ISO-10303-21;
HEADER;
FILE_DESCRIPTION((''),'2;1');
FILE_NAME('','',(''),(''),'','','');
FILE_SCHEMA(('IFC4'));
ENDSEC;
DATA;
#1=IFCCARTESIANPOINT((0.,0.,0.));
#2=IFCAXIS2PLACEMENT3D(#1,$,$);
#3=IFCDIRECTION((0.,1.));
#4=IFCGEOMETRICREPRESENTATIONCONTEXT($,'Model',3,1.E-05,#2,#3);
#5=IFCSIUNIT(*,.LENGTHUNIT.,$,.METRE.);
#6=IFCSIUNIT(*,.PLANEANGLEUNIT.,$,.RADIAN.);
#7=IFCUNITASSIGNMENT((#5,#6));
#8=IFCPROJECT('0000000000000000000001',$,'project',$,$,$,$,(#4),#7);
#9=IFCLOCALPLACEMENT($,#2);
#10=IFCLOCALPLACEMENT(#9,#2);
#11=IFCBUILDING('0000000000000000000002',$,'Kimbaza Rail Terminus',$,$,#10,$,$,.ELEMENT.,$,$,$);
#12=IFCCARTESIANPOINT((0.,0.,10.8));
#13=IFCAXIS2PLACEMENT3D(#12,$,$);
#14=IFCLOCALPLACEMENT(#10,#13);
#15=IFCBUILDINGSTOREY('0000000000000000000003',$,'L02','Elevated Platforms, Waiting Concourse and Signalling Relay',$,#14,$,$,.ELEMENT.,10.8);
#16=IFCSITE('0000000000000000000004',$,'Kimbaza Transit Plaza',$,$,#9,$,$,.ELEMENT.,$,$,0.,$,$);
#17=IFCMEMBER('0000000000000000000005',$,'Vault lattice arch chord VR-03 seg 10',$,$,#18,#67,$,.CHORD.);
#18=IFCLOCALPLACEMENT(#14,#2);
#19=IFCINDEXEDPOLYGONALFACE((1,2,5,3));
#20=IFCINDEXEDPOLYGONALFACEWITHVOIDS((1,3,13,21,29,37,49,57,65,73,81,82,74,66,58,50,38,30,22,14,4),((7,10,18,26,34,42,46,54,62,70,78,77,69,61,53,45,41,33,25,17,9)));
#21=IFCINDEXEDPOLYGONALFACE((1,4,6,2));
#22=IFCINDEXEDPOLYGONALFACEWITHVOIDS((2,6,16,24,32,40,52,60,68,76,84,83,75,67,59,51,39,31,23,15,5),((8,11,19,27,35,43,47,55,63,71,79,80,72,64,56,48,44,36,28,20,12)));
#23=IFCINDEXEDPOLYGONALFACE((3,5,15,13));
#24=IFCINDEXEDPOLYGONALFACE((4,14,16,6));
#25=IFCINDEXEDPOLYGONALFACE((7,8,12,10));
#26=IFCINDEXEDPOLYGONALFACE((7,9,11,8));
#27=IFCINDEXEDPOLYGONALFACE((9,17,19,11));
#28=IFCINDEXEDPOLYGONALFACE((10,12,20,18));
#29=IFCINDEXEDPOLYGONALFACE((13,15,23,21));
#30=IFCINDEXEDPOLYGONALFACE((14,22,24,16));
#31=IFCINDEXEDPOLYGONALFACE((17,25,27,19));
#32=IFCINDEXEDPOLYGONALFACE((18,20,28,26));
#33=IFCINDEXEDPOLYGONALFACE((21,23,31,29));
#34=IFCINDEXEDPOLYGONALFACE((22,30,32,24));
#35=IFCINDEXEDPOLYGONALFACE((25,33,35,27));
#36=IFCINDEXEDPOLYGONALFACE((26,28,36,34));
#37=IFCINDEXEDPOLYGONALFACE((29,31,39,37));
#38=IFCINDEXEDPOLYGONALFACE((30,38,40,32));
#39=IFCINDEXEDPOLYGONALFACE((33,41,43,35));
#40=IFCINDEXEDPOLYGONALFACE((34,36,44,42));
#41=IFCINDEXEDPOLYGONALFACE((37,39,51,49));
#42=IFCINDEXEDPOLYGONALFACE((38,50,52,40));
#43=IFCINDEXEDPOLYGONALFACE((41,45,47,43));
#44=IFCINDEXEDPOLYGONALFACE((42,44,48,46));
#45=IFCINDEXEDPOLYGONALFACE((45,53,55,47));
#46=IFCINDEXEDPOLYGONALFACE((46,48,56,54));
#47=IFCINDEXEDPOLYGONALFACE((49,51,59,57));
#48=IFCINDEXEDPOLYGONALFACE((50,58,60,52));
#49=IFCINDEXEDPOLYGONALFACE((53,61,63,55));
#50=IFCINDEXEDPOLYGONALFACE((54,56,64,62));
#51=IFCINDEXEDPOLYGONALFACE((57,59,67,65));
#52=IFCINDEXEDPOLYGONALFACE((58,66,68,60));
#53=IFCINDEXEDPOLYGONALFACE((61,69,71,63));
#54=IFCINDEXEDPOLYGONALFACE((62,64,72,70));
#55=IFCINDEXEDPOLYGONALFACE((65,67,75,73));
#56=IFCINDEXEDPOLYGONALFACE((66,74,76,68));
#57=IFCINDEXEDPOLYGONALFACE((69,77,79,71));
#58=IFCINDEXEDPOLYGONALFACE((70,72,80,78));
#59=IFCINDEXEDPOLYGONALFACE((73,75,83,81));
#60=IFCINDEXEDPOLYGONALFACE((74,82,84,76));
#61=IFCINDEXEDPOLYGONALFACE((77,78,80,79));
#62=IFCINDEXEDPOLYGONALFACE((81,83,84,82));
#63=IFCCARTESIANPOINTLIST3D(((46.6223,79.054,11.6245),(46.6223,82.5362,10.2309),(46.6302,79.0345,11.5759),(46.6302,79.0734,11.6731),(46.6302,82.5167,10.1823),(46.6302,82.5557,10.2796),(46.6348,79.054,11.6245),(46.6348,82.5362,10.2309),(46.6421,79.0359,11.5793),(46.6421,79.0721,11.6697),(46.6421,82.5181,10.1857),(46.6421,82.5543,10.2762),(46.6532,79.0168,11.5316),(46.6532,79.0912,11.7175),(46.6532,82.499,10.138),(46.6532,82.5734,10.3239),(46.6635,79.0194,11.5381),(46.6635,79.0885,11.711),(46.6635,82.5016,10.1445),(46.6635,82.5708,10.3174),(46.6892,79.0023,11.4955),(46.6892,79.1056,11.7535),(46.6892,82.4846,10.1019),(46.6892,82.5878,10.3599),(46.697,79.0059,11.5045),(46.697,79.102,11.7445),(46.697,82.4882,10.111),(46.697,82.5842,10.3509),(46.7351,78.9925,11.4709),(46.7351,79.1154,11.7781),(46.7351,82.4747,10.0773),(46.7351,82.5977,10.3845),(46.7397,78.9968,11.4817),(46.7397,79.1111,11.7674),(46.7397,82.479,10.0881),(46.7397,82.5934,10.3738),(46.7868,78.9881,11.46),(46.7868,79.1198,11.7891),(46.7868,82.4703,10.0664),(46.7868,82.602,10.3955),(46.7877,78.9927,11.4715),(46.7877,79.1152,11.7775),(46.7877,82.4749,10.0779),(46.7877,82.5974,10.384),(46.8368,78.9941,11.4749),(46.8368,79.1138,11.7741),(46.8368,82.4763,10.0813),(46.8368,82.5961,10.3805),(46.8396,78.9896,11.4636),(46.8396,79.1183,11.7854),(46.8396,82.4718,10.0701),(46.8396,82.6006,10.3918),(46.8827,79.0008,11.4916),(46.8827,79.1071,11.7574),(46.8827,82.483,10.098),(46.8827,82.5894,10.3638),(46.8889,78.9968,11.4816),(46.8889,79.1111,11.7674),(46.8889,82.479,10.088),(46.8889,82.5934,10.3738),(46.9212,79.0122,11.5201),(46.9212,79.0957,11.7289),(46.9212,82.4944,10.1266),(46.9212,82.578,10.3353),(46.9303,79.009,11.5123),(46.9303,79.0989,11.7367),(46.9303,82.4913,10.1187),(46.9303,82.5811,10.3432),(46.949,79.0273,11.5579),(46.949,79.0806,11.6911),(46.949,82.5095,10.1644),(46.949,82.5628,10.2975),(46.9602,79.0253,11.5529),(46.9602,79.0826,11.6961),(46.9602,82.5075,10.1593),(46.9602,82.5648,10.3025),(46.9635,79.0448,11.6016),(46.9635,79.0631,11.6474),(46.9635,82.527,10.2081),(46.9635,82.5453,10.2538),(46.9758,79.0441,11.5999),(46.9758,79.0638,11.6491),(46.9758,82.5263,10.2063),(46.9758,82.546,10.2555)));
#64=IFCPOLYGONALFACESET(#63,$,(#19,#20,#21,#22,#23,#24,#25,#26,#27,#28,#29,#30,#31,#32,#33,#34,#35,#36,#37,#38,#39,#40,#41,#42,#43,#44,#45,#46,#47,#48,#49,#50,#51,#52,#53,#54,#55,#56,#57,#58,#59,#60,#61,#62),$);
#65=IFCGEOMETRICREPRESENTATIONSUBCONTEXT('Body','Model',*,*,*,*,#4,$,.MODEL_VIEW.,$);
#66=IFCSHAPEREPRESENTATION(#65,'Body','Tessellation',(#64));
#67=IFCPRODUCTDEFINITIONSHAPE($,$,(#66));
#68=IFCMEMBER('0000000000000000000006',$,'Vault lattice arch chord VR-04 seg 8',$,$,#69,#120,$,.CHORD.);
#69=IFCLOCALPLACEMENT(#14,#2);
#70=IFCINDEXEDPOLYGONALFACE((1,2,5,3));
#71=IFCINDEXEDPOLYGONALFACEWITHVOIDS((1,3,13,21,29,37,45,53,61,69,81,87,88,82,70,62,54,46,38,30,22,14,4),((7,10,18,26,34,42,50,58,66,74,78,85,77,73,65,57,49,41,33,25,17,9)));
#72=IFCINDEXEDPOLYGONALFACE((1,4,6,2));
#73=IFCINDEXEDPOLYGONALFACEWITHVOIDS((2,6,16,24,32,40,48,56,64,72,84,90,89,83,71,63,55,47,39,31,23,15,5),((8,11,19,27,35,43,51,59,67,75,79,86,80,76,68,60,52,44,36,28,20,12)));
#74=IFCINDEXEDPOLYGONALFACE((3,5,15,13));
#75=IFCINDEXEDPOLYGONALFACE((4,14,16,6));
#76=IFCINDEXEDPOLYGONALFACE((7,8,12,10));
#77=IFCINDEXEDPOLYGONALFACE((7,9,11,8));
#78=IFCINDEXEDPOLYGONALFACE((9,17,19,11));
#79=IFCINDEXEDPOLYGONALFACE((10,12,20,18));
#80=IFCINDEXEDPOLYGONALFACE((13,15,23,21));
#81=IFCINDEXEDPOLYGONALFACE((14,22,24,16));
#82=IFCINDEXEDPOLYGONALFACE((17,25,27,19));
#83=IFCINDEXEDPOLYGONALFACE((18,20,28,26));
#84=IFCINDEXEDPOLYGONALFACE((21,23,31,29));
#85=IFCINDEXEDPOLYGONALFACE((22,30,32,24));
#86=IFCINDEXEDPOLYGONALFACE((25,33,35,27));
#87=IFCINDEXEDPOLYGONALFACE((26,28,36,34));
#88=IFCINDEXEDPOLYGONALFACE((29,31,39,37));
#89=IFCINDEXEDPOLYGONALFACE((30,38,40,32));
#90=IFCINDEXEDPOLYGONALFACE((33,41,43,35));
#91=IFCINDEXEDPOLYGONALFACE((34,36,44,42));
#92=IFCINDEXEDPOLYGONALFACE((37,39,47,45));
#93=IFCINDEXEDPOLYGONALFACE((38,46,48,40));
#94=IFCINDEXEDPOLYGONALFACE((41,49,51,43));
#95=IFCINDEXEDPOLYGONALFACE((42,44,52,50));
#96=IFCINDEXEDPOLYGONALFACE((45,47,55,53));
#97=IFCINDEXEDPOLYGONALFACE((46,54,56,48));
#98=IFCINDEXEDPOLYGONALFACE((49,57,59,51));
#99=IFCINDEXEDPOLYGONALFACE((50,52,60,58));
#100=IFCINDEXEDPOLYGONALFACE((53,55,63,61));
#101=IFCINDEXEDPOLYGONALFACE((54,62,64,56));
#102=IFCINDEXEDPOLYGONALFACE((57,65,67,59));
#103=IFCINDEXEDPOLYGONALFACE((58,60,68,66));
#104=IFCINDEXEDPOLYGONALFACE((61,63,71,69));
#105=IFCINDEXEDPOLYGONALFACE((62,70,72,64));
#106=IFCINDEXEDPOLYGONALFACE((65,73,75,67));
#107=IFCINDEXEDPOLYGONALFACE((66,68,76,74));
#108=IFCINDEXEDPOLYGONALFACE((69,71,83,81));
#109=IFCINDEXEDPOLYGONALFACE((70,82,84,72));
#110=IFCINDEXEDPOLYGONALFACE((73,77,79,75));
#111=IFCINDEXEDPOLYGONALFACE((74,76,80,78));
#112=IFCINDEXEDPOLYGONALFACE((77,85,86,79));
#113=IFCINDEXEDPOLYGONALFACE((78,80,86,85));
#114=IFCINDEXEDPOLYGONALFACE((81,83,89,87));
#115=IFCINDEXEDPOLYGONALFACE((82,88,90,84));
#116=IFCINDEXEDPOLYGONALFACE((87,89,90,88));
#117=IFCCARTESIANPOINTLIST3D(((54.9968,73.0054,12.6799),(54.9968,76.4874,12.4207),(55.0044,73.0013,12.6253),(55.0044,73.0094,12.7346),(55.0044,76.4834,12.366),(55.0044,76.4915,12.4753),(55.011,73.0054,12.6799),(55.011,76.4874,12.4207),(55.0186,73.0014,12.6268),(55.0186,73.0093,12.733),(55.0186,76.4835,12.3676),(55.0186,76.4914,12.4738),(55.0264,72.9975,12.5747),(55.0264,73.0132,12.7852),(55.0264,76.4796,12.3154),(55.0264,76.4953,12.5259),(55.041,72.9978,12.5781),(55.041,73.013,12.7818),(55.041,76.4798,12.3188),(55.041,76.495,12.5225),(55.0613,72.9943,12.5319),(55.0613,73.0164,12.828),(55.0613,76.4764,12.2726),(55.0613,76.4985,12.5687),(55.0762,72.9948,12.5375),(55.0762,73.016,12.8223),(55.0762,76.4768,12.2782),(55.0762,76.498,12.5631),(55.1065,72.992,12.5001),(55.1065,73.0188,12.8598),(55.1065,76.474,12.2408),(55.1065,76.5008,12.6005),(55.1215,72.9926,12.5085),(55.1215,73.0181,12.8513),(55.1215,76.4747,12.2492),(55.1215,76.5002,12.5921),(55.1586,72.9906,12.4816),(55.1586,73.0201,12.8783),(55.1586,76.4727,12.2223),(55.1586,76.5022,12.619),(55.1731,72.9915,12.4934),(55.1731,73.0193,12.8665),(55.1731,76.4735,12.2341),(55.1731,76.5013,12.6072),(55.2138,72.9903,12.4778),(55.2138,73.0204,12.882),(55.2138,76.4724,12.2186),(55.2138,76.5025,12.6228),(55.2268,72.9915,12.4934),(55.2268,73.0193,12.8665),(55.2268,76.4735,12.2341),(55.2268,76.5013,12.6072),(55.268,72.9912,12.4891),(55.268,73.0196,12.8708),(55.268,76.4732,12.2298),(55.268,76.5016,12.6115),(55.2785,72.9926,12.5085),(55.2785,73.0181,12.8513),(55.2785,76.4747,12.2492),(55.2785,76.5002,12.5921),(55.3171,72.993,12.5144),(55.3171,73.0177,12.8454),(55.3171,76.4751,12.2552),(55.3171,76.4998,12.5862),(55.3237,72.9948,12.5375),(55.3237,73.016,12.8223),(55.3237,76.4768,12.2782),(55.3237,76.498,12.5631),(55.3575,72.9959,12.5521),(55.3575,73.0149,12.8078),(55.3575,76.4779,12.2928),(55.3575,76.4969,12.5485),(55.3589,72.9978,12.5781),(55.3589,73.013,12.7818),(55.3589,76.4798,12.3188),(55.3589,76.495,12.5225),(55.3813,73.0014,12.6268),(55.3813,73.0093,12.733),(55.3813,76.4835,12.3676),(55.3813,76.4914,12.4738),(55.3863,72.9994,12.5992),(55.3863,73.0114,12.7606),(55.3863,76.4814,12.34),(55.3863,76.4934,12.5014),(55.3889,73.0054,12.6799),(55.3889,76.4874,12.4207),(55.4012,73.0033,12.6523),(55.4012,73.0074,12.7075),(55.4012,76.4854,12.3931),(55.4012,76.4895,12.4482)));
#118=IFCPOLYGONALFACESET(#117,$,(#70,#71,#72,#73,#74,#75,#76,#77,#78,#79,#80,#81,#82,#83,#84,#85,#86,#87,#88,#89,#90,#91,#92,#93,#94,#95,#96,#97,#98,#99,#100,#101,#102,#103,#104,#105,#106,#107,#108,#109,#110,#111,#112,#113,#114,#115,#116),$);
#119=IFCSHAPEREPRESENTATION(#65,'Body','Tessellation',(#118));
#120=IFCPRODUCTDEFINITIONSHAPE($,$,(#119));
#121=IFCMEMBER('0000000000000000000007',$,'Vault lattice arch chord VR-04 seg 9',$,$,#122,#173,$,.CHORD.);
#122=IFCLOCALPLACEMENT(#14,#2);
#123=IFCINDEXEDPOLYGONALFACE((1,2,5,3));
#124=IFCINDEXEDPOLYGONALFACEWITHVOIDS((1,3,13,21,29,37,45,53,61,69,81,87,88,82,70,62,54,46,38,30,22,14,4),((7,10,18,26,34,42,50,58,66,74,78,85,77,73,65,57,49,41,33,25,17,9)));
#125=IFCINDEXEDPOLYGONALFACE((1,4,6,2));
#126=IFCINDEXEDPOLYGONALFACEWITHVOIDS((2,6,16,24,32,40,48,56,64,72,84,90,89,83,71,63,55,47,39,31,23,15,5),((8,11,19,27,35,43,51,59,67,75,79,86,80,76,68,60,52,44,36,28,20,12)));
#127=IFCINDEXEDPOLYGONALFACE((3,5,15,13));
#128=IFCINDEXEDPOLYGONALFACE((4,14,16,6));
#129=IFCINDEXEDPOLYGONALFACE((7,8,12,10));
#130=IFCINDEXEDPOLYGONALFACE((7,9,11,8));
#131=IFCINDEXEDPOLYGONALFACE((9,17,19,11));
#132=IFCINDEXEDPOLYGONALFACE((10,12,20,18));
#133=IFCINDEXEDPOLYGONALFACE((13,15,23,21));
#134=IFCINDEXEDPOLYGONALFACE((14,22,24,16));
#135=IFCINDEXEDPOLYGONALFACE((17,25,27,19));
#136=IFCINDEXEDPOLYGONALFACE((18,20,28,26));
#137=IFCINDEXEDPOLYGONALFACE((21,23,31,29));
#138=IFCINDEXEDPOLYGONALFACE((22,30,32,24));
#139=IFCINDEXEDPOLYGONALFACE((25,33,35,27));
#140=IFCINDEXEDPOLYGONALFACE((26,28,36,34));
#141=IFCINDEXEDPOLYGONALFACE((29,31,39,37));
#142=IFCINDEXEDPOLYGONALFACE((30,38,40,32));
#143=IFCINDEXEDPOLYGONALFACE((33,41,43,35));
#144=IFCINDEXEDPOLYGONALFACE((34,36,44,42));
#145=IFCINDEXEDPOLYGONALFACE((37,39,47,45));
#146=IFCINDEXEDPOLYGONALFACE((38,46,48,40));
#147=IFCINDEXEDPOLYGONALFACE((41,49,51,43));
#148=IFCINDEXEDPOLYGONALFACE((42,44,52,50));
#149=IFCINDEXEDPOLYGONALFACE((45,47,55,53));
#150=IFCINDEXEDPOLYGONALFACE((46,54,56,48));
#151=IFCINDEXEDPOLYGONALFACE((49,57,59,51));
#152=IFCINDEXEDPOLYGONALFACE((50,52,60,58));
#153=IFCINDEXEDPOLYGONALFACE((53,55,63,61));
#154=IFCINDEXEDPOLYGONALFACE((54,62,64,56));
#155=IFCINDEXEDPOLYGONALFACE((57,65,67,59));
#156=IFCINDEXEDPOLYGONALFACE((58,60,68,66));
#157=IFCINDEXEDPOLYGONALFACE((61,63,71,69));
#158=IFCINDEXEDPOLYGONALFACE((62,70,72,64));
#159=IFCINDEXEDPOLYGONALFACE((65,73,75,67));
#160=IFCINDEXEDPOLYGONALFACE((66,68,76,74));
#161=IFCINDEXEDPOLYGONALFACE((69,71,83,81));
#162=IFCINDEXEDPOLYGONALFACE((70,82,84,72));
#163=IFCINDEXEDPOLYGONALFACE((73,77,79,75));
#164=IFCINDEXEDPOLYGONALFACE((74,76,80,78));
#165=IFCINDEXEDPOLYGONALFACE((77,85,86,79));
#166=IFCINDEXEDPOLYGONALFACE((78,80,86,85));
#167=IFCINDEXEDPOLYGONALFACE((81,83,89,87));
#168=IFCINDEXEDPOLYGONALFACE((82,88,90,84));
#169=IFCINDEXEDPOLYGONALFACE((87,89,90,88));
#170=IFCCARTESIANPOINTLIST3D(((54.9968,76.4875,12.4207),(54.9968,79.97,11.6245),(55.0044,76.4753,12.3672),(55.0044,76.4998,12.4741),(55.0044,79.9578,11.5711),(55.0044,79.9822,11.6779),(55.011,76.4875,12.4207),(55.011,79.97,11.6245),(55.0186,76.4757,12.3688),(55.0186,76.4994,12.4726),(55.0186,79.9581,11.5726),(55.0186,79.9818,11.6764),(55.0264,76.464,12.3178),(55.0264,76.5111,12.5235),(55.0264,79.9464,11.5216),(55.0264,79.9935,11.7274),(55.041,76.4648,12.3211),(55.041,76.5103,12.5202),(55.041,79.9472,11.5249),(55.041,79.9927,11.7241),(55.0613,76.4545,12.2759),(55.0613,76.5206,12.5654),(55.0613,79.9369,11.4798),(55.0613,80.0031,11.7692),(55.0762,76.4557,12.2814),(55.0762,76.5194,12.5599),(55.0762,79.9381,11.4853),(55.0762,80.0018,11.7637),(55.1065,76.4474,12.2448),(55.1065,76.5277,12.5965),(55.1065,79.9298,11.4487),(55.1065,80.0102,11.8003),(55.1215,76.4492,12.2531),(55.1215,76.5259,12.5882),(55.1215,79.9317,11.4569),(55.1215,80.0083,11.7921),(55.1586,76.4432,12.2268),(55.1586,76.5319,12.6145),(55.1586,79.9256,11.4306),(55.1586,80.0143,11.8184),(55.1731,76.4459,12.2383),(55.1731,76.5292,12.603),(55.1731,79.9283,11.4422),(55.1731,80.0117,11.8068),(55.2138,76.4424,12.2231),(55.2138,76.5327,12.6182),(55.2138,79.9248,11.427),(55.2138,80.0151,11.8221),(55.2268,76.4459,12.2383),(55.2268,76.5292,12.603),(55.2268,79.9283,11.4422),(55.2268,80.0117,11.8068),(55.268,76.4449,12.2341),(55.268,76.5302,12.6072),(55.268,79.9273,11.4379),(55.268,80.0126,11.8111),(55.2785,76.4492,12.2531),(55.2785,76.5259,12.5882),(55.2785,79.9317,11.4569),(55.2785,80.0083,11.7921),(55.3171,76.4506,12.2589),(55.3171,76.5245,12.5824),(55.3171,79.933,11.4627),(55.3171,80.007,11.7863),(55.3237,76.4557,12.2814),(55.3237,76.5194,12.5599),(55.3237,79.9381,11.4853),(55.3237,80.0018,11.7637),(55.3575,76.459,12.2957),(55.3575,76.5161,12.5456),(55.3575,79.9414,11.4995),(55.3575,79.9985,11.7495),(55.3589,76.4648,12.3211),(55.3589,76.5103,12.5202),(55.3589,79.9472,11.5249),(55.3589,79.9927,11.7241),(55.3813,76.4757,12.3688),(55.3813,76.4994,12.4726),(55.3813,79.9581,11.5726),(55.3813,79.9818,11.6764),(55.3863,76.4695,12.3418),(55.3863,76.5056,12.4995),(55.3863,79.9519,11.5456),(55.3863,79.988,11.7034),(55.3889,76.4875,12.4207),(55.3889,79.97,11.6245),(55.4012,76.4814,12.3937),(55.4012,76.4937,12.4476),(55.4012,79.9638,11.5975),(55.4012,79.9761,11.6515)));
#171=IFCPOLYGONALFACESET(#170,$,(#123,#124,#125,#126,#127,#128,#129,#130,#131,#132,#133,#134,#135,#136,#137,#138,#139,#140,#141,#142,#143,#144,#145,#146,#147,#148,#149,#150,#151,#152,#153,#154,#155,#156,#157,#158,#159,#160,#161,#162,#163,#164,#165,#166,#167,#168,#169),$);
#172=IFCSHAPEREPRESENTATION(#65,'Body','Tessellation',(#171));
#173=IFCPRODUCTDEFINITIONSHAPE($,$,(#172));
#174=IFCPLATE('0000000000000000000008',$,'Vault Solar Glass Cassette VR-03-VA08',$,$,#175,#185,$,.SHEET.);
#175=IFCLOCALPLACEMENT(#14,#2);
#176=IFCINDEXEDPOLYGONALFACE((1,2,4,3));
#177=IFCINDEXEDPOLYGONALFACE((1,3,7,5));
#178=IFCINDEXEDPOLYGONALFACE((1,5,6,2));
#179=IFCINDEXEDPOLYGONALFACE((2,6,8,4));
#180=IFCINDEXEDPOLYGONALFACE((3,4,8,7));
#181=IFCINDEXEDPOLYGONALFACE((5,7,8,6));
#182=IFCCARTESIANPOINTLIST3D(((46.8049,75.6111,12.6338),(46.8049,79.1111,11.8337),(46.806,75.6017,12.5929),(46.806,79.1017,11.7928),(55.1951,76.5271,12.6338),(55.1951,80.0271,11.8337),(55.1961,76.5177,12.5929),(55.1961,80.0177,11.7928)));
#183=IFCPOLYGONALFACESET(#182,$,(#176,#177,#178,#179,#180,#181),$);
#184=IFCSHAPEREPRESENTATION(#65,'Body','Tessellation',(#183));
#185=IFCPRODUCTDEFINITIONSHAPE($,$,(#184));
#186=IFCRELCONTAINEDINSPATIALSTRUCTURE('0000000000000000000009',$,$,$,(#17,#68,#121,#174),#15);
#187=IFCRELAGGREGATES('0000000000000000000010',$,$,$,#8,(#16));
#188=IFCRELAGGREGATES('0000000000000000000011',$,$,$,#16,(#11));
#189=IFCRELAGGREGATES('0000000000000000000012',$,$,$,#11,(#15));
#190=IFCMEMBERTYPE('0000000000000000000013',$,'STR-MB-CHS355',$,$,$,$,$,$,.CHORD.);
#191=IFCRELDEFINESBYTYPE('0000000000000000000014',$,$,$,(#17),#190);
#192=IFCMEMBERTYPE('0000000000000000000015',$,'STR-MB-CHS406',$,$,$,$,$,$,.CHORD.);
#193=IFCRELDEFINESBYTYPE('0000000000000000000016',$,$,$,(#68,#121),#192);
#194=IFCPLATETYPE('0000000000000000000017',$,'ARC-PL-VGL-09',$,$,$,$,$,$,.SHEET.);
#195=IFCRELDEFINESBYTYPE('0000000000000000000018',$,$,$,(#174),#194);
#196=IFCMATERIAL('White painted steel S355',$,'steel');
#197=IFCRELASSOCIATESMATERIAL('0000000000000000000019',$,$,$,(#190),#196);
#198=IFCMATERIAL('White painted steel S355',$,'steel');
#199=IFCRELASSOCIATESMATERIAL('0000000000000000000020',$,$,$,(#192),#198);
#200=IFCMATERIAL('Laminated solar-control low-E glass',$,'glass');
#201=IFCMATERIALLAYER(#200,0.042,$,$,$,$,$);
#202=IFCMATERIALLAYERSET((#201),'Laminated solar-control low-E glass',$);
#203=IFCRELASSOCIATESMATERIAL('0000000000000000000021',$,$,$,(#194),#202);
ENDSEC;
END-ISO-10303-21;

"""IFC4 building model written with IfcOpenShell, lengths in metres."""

from ifc_helpers import new_model, si_unit, direction, frame, origin, origin_2d, place, context, subcontext, project, spatial, polyline, hollow_circle, outline, extrude, material, layer, layer_set, material_profile, profile_set, type_object, element, save


model = new_model("IFC4")

# Units and contexts
model_context = context("Model", 3, precision=1e-05, world=origin(), true_north=direction((0.0, 1.0)))
body_context = subcontext(model_context, "Body", "Model", "MODEL_VIEW")
ifc_project = project(units=[si_unit("LENGTHUNIT", "METRE"), si_unit("PLANEANGLEUNIT", "RADIAN")], contexts=[model_context])

# Site, building, storey
site_placement = place(None, origin())
site = spatial("IfcSite", under=ifc_project, at=site_placement, Name="Kimbaza Transit Plaza", CompositionType="ELEMENT", RefElevation=0.0)
building_placement = place(site_placement, origin())
building = spatial("IfcBuilding", under=site, at=building_placement, Name="Kimbaza Rail Terminus", CompositionType="ELEMENT")
storey_placement = place(building_placement, frame((0.0, 0.0, 10.8)))
storey = spatial("IfcBuildingStorey", under=building, at=storey_placement, Name="L02", Description="Elevated Platforms, Waiting Concourse and Signalling Relay", CompositionType="ELEMENT", Elevation=10.8)

# Members
ifc_material_1 = material(Name="White painted steel S355", Category="steel")
ifc_material_profile_1 = material_profile(ifc_material_1, hollow_circle(Radius=0.1777, WallThickness=0.0125, at=origin_2d()), Name="CHS 355.6x12.5")
ifc_profile_set_1 = profile_set([ifc_material_profile_1], Name="White painted steel S355")
member_type_1 = type_object("IfcMemberType", Name="STR-MB-CHS355", PredefinedType="CHORD", material=ifc_profile_set_1)
member_1_placement = place(storey_placement, frame((46.8, 79.054, 11.6245), z_axis=(0.0, 0.928414, -0.371548), x_axis=(-1.0, 0.0, 0.0)))
element("IfcMember", 1, at=member_1_placement, inside=storey, type_object=member_type_1, Name="Vault lattice arch chord VR-03 seg 10", PredefinedType="CHORD", context=body_context, shape_type="SweptSolid", body=[
    extrude(hollow_circle(Radius=0.1777, WallThickness=0.0125, at=origin_2d()), origin(), (0.0, 0.0, 1.0), 3.7507),
])
ifc_material_2 = material(Name="White painted steel S355", Category="steel")
ifc_material_profile_2 = material_profile(ifc_material_2, hollow_circle(Radius=0.2031, WallThickness=0.0142, at=origin_2d()), Name="CHS 406.4x14.2")
ifc_profile_set_2 = profile_set([ifc_material_profile_2], Name="White painted steel S355")
member_type_2 = type_object("IfcMemberType", Name="STR-MB-CHS406", PredefinedType="CHORD", material=ifc_profile_set_2)
member_2_placement = place(storey_placement, frame((55.2, 73.0054, 12.6799), z_axis=(0.0, 0.997239, -0.074253), x_axis=(-1.0, 0.0, 0.0)))
element("IfcMember", 2, at=member_2_placement, inside=storey, type_object=member_type_2, Name="Vault lattice arch chord VR-04 seg 8", PredefinedType="CHORD", context=body_context, shape_type="SweptSolid", body=[
    extrude(hollow_circle(Radius=0.2031, WallThickness=0.0142, at=origin_2d()), origin(), (0.0, 0.0, 1.0), 3.4917),
])
member_3_placement = place(storey_placement, frame((55.2, 76.4875, 12.4207), z_axis=(0.0, 0.974849, -0.222867), x_axis=(-1.0, 0.0, 0.0)))
element("IfcMember", 3, at=member_3_placement, inside=storey, type_object=member_type_2, Name="Vault lattice arch chord VR-04 seg 9", PredefinedType="CHORD", context=body_context, shape_type="SweptSolid", body=[
    extrude(hollow_circle(Radius=0.2031, WallThickness=0.0142, at=origin_2d()), origin(), (0.0, 0.0, 1.0), 3.5723),
])

# Plate
ifc_material_3 = material(Name="Laminated solar-control low-E glass", Category="glass")
ifc_layer_1 = layer(ifc_material_3, 0.042)
ifc_layer_set_1 = layer_set([ifc_layer_1], Name="Laminated solar-control low-E glass")
plate_type_1 = type_object("IfcPlateType", Name="ARC-PL-VGL-09", PredefinedType="SHEET", material=ifc_layer_set_1)
plate_1_placement = place(storey_placement, frame((46.8049, 75.6111, 12.6338), z_axis=(-0.024322, 0.222772, 0.974567), x_axis=(0.994093, 0.108533, 0.0)))
element("IfcPlate", 4, at=plate_1_placement, inside=storey, type_object=plate_type_1, Name="Vault Solar Glass Cassette VR-03-VA08", PredefinedType="SHEET", context=body_context, shape_type="SweptSolid", body=[
    extrude(outline(polyline([(0.0, 0.0), (8.44, 0.0), (8.8199, 3.5701), (0.3799, 3.5701), (0.0, 0.0)])), origin(), (0.0, 0.0, -1.0), 0.042),
])

save(model, "model.ifc")
